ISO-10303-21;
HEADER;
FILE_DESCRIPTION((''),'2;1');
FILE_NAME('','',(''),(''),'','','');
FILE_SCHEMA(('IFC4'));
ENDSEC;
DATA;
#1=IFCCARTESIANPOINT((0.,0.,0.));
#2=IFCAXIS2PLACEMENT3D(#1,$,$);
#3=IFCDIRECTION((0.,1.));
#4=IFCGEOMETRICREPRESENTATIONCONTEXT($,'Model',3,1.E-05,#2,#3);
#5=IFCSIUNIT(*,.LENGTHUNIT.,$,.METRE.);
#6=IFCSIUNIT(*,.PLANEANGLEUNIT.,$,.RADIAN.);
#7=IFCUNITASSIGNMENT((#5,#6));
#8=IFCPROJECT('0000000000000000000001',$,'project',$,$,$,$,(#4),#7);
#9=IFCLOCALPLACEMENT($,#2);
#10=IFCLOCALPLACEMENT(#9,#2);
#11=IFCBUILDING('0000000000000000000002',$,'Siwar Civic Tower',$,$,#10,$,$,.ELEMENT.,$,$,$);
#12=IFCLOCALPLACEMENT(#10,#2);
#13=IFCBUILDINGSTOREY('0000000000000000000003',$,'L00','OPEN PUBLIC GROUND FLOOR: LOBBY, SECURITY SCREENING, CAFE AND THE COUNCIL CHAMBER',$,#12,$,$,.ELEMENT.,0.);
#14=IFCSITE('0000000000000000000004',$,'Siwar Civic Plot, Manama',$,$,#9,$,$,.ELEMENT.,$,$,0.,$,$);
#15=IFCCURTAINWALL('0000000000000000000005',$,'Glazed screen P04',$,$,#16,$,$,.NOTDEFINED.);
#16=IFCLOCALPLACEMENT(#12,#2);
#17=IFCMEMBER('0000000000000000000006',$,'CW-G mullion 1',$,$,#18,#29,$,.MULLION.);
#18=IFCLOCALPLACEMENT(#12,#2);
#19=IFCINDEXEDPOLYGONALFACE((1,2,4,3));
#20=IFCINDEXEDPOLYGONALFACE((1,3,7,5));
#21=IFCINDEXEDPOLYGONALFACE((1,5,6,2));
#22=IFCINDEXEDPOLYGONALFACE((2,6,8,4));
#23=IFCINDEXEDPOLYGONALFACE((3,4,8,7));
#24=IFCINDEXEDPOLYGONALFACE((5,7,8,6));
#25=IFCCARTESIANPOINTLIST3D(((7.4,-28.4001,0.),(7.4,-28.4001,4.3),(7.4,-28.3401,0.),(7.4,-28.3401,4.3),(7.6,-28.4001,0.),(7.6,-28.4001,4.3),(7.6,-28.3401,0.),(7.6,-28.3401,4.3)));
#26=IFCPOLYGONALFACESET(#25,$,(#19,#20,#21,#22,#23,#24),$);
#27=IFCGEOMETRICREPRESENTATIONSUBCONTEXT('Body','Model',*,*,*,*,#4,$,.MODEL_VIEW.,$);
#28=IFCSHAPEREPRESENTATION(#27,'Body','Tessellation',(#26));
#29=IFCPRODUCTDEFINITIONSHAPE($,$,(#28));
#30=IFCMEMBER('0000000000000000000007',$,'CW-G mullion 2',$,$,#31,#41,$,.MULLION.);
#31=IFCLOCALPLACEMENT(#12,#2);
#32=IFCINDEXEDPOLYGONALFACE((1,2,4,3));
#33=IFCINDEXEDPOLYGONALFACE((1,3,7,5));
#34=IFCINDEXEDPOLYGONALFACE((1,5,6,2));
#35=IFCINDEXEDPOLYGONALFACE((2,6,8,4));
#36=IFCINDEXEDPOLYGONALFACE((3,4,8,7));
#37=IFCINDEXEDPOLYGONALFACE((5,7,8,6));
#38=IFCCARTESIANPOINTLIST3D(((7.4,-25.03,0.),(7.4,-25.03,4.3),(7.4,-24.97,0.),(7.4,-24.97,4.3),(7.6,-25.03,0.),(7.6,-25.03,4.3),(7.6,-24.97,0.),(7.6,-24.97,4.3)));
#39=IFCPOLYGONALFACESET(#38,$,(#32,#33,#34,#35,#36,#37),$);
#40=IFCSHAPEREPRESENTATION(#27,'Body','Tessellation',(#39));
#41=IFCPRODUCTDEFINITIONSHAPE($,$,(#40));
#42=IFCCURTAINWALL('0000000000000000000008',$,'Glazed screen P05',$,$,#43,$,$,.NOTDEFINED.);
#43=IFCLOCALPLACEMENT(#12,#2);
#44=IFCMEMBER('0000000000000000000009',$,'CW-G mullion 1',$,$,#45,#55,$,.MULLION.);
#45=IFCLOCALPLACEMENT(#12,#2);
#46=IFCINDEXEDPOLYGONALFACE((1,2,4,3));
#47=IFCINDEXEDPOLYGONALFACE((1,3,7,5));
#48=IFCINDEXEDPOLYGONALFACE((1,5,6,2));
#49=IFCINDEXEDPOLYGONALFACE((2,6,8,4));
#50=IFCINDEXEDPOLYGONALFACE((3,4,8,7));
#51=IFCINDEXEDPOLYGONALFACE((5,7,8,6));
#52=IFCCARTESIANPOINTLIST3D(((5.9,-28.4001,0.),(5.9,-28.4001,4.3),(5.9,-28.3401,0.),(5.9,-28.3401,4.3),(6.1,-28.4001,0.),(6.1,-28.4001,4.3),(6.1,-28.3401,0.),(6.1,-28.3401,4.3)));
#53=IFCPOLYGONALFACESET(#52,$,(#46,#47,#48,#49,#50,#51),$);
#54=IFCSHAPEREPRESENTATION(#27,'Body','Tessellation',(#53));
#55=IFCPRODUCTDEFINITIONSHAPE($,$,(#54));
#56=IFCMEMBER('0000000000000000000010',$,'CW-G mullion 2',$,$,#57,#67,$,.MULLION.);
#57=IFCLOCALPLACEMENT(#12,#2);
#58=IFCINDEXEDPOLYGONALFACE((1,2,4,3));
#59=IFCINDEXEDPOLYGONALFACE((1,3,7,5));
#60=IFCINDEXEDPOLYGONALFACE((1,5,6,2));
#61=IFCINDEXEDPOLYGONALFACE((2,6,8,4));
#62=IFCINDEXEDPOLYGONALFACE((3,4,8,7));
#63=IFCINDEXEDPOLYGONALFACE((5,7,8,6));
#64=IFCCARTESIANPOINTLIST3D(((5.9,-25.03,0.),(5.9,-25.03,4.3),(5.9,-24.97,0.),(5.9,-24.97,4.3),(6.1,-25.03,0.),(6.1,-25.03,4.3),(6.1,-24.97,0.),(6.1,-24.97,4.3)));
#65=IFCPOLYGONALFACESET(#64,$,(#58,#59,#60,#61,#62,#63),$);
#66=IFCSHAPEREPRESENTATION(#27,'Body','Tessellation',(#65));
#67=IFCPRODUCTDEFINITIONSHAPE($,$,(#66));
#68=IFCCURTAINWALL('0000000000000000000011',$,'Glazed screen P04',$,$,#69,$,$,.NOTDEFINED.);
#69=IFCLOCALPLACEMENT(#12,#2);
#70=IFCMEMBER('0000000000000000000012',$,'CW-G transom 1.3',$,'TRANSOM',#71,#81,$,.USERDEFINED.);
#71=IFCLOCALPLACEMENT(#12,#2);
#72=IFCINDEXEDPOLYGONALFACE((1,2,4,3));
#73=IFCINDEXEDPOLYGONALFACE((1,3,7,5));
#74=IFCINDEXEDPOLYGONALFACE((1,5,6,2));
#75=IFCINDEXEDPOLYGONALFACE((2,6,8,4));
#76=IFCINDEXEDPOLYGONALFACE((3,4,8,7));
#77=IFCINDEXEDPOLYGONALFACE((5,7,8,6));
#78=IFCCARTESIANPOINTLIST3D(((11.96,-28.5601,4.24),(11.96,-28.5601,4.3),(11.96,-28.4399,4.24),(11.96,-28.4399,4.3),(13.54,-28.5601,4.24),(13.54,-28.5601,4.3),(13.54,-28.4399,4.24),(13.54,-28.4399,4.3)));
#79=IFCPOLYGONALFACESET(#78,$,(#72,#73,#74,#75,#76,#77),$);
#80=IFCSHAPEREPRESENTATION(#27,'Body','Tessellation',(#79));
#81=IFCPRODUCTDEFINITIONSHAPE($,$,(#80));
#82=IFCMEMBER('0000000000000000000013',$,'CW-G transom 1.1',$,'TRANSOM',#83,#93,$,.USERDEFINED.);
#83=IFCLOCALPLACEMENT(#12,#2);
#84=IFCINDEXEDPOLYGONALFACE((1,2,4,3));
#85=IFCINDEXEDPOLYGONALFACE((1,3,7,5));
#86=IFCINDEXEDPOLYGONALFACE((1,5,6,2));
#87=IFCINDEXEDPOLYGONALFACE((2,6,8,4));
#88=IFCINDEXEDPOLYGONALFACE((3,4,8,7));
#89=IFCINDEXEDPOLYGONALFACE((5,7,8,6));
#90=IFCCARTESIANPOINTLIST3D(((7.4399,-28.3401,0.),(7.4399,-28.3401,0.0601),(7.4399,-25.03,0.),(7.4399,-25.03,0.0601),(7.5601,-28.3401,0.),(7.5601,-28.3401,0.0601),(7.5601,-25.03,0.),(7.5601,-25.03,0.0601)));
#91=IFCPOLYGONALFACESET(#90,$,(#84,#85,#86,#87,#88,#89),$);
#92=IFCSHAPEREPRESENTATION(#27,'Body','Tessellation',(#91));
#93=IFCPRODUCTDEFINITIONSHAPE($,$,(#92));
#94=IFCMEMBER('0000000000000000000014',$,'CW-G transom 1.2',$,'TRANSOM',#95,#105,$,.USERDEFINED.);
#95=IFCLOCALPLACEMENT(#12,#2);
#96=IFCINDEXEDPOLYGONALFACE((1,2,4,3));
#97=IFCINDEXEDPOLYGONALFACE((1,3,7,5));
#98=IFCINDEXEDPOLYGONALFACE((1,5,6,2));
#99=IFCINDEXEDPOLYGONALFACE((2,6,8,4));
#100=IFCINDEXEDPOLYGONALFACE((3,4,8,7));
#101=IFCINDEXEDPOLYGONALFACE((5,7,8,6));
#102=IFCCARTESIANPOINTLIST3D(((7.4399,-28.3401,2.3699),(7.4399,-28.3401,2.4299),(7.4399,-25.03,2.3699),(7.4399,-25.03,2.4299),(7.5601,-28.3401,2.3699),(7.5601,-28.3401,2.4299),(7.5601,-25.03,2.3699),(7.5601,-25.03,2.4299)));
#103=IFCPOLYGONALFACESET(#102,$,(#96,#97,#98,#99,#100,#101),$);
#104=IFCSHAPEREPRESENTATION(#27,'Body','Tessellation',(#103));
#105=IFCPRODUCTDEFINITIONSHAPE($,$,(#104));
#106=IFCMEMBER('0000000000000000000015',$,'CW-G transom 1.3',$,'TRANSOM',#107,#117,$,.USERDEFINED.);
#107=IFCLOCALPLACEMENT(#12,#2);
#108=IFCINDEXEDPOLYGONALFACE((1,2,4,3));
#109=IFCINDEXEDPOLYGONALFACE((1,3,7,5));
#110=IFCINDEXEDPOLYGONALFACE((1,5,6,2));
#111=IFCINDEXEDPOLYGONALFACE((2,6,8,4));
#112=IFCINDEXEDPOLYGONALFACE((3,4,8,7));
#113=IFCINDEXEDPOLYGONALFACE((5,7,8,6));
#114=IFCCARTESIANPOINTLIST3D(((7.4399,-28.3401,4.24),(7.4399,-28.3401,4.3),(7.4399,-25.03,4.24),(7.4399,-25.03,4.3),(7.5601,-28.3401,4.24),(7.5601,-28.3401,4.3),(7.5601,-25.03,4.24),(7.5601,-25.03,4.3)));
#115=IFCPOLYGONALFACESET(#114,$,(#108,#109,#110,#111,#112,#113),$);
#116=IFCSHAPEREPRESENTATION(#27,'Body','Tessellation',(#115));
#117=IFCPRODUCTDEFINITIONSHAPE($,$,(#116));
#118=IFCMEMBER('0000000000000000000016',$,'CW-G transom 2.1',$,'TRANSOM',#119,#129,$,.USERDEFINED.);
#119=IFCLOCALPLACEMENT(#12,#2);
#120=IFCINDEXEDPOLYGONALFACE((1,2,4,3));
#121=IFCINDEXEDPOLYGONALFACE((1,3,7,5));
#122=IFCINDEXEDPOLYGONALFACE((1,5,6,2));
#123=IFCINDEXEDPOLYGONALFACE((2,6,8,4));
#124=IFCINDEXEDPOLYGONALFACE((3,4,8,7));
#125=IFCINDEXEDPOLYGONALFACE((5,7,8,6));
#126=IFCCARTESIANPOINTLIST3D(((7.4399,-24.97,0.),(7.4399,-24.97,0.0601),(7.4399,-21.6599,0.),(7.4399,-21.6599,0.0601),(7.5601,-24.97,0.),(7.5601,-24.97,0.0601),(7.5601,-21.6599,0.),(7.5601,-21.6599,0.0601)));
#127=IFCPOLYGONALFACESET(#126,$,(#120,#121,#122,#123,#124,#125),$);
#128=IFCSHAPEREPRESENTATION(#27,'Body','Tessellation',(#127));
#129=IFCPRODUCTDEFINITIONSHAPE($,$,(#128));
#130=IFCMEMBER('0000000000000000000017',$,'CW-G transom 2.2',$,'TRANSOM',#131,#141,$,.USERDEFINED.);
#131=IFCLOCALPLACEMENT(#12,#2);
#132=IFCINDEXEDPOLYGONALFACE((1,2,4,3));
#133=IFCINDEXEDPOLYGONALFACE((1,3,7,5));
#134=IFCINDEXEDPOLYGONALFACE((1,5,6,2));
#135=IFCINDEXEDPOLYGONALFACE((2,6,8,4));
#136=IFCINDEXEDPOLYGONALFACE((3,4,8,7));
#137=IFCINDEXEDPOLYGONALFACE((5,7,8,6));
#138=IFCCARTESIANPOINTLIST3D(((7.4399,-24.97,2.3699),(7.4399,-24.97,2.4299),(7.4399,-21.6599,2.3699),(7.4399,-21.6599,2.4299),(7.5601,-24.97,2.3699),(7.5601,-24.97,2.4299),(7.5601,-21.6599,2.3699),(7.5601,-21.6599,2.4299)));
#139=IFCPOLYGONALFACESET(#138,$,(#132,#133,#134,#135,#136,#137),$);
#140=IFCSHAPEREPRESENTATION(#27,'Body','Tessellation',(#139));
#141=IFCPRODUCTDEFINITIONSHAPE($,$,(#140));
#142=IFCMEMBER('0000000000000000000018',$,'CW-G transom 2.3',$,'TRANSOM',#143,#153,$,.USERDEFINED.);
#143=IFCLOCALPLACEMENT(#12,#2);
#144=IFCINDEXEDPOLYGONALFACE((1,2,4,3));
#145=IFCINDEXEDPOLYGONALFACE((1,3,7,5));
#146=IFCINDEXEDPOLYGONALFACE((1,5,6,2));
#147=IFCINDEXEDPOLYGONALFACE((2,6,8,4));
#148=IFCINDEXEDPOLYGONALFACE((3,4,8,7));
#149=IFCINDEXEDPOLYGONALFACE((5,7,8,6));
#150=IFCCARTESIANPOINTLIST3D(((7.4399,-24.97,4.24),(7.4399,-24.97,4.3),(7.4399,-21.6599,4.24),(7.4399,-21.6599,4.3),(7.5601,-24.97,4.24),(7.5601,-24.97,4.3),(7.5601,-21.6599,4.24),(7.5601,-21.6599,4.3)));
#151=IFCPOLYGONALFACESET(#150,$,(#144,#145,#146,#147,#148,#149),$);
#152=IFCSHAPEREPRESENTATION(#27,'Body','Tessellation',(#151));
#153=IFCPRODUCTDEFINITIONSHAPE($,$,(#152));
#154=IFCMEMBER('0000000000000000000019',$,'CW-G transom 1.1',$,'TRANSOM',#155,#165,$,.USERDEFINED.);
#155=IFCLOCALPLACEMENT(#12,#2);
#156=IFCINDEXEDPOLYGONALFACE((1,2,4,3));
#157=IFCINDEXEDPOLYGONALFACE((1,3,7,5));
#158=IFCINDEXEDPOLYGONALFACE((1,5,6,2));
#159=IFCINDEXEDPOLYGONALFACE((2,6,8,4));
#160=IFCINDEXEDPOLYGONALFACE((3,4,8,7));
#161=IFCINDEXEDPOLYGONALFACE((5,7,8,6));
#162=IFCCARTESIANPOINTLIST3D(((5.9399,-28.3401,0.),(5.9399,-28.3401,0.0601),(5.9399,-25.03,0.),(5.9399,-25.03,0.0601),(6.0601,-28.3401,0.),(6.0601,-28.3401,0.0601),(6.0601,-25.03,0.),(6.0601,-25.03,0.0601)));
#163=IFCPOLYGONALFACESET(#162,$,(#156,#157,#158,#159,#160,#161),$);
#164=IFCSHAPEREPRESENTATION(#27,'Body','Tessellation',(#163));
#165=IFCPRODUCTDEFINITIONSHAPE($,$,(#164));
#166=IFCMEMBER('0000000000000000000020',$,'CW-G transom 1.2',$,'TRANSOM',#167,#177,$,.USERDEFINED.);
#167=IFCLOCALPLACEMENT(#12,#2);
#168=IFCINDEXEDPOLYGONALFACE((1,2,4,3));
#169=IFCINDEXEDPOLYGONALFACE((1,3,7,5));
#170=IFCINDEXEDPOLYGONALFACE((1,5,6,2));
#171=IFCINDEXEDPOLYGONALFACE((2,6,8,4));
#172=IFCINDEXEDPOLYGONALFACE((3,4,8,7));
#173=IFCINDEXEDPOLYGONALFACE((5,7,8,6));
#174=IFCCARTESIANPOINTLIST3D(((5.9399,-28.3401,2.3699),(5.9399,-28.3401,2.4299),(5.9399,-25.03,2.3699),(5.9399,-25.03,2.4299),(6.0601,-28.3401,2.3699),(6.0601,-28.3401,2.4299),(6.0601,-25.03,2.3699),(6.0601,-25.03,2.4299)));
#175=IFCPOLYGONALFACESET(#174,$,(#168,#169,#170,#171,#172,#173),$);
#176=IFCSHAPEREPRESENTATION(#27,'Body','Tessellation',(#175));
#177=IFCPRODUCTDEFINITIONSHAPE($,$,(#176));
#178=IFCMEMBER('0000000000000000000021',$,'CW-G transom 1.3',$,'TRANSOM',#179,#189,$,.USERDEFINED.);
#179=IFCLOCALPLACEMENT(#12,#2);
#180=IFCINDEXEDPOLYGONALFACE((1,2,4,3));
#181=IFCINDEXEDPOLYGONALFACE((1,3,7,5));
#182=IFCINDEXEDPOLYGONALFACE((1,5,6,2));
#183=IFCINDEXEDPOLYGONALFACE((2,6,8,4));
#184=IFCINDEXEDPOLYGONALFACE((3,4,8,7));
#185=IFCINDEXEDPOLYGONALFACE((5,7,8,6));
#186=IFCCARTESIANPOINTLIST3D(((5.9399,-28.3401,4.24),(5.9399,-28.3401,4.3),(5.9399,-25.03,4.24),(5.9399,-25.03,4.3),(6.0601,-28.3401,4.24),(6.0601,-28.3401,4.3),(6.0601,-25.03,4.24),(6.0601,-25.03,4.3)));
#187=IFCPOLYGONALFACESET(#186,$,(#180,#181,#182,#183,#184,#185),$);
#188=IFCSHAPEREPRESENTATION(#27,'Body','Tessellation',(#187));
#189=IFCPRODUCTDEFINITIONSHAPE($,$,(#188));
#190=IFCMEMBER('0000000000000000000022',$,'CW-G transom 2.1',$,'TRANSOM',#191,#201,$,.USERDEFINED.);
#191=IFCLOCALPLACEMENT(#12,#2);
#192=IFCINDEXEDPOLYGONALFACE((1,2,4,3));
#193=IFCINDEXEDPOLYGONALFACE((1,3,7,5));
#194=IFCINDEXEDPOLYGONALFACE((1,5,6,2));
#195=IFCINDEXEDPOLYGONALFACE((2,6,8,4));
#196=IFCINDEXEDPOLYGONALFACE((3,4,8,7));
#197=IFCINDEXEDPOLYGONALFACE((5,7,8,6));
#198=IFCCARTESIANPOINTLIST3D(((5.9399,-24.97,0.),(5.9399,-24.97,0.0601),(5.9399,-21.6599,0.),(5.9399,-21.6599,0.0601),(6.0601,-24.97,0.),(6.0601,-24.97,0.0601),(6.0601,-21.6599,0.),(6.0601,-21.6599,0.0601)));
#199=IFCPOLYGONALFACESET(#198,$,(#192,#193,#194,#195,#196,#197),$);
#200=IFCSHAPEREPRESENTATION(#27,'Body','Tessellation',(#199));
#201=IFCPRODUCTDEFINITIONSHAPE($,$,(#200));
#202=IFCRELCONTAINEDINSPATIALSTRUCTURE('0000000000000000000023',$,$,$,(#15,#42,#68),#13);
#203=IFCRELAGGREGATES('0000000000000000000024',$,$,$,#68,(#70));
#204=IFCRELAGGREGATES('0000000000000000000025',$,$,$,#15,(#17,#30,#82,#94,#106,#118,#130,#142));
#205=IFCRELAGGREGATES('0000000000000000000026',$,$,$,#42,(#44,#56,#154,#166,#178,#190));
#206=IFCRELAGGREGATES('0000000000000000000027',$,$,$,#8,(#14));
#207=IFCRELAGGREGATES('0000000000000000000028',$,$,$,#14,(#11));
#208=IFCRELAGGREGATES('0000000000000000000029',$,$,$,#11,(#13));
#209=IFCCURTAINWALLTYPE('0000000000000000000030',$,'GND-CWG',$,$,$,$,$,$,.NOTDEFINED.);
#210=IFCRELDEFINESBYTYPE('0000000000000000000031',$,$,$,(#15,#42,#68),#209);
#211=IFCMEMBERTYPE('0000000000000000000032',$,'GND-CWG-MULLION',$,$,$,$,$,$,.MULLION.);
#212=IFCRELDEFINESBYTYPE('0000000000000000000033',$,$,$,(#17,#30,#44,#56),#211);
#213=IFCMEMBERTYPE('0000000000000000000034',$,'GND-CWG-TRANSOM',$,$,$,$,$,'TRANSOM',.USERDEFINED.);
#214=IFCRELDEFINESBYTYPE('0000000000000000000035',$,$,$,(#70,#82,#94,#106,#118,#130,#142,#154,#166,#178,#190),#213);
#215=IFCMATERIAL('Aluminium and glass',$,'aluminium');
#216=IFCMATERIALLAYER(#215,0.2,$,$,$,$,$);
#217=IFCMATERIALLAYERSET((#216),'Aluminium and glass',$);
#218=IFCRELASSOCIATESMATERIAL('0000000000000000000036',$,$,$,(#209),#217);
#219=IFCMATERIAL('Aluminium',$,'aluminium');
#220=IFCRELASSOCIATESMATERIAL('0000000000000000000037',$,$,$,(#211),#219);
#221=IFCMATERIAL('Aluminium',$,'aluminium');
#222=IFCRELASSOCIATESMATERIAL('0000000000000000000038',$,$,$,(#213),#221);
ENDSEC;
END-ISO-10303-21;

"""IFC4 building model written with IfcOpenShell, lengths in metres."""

from ifc_helpers import new_model, si_unit, direction, frame, origin, origin_2d, place, context, subcontext, project, spatial, rectangle, extrude, material, layer, layer_set, material_profile, profile_set, type_object, element, aggregate, save


model = new_model("IFC4")

# Units and contexts
model_context = context("Model", 3, precision=1e-05, world=origin(), true_north=direction((0.0, 1.0)))
body_context = subcontext(model_context, "Body", "Model", "MODEL_VIEW")
ifc_project = project(units=[si_unit("LENGTHUNIT", "METRE"), si_unit("PLANEANGLEUNIT", "RADIAN")], contexts=[model_context])

# Site, building, storey
site_placement = place(None, origin())
site = spatial("IfcSite", under=ifc_project, at=site_placement, Name="Siwar Civic Plot, Manama", CompositionType="ELEMENT", RefElevation=0.0)
building_placement = place(site_placement, origin())
building = spatial("IfcBuilding", under=site, at=building_placement, Name="Siwar Civic Tower", CompositionType="ELEMENT")
storey_placement = place(building_placement, origin())
storey = spatial("IfcBuildingStorey", under=building, at=storey_placement, Name="L00", Description="OPEN PUBLIC GROUND FLOOR: LOBBY, SECURITY SCREENING, CAFE AND THE COUNCIL CHAMBER", CompositionType="ELEMENT", Elevation=0.0)

# Curtain walls, members
ifc_material_1 = material(Name="Aluminium and glass", Category="aluminium")
ifc_layer_1 = layer(ifc_material_1, 0.2)
ifc_layer_set_1 = layer_set([ifc_layer_1], Name="Aluminium and glass")
curtain_wall_type = type_object("IfcCurtainWallType", Name="GND-CWG", PredefinedType="NOTDEFINED", material=ifc_layer_set_1)
curtain_wall_1_placement = place(storey_placement, origin())
curtain_wall_1 = element("IfcCurtainWall", 1, at=curtain_wall_1_placement, inside=storey, type_object=curtain_wall_type, Name="Glazed screen P04", PredefinedType="NOTDEFINED")
ifc_material_2 = material(Name="Aluminium", Category="aluminium")
ifc_material_profile_1 = material_profile(ifc_material_2, rectangle(XDim=0.2, YDim=0.0601, at=origin_2d()), Name="AL 200x60")
ifc_profile_set_1 = profile_set([ifc_material_profile_1], Name="Aluminium")
member_type_1 = type_object("IfcMemberType", Name="GND-CWG-MULLION", PredefinedType="MULLION", material=ifc_profile_set_1)
member_1_placement = place(storey_placement, frame((7.5, -28.3701, 0.0), z_axis=(0.0, 0.0, 1.0), x_axis=(-1.0, 0.0, 0.0)))
member_1 = element("IfcMember", 2, at=member_1_placement, type_object=member_type_1, Name="CW-G mullion 1", PredefinedType="MULLION", context=body_context, shape_type="SweptSolid", body=[
    extrude(rectangle(XDim=0.2, YDim=0.0601, at=origin_2d()), origin(), (0.0, 0.0, 1.0), 4.3),
])
member_2_placement = place(storey_placement, frame((7.5, -25.0, 0.0), z_axis=(0.0, 0.0, 1.0), x_axis=(-1.0, 0.0, 0.0)))
member_2 = element("IfcMember", 3, at=member_2_placement, type_object=member_type_1, Name="CW-G mullion 2", PredefinedType="MULLION", context=body_context, shape_type="SweptSolid", body=[
    extrude(rectangle(XDim=0.2, YDim=0.0601, at=origin_2d()), origin(), (0.0, 0.0, 1.0), 4.3),
])
curtain_wall_2_placement = place(storey_placement, origin())
curtain_wall_2 = element("IfcCurtainWall", 4, at=curtain_wall_2_placement, inside=storey, type_object=curtain_wall_type, Name="Glazed screen P05", PredefinedType="NOTDEFINED")
member_3_placement = place(storey_placement, frame((6.0, -28.3701, 0.0), z_axis=(0.0, 0.0, 1.0), x_axis=(-1.0, 0.0, 0.0)))
member_3 = element("IfcMember", 5, at=member_3_placement, type_object=member_type_1, Name="CW-G mullion 1", PredefinedType="MULLION", context=body_context, shape_type="SweptSolid", body=[
    extrude(rectangle(XDim=0.2, YDim=0.0601, at=origin_2d()), origin(), (0.0, 0.0, 1.0), 4.3),
])
member_4_placement = place(storey_placement, frame((6.0, -25.0, 0.0), z_axis=(0.0, 0.0, 1.0), x_axis=(-1.0, 0.0, 0.0)))
member_4 = element("IfcMember", 6, at=member_4_placement, type_object=member_type_1, Name="CW-G mullion 2", PredefinedType="MULLION", context=body_context, shape_type="SweptSolid", body=[
    extrude(rectangle(XDim=0.2, YDim=0.0601, at=origin_2d()), origin(), (0.0, 0.0, 1.0), 4.3),
])

# Curtain wall, member
curtain_wall_3_placement = place(storey_placement, origin())
curtain_wall_3 = element("IfcCurtainWall", 7, at=curtain_wall_3_placement, inside=storey, type_object=curtain_wall_type, Name="Glazed screen P04", PredefinedType="NOTDEFINED")
ifc_material_3 = material(Name="Aluminium", Category="aluminium")
ifc_material_profile_2 = material_profile(ifc_material_3, rectangle(XDim=0.1201, YDim=0.0601, at=origin_2d()), Name="AL 120x60")
ifc_profile_set_2 = profile_set([ifc_material_profile_2], Name="Aluminium")
member_type_2 = type_object("IfcMemberType", Name="GND-CWG-TRANSOM", ElementType="TRANSOM", PredefinedType="USERDEFINED", material=ifc_profile_set_2)
member_5_placement = place(storey_placement, frame((11.96, -28.5, 4.27), z_axis=(1.0, 0.0, 0.0), x_axis=(0.0, 1.0, 0.0)))
member_5 = element("IfcMember", 8, at=member_5_placement, type_object=member_type_2, Name="CW-G transom 1.3", ObjectType="TRANSOM", PredefinedType="USERDEFINED", context=body_context, shape_type="SweptSolid", body=[
    extrude(rectangle(XDim=0.1201, YDim=0.0601, at=origin_2d()), origin(), (0.0, 0.0, 1.0), 1.5801),
])
aggregate(curtain_wall_3, [member_5])

# Members
member_6_placement = place(storey_placement, frame((7.5, -28.3401, 0.03), z_axis=(0.0, 1.0, 0.0), x_axis=(-1.0, 0.0, 0.0)))
member_6 = element("IfcMember", 9, at=member_6_placement, type_object=member_type_2, Name="CW-G transom 1.1", ObjectType="TRANSOM", PredefinedType="USERDEFINED", context=body_context, shape_type="SweptSolid", body=[
    extrude(rectangle(XDim=0.1201, YDim=0.0601, at=origin_2d()), origin(), (0.0, 0.0, 1.0), 3.3101),
])
member_7_placement = place(storey_placement, frame((7.5, -28.3401, 2.3999), z_axis=(0.0, 1.0, 0.0), x_axis=(-1.0, 0.0, 0.0)))
member_7 = element("IfcMember", 10, at=member_7_placement, type_object=member_type_2, Name="CW-G transom 1.2", ObjectType="TRANSOM", PredefinedType="USERDEFINED", context=body_context, shape_type="SweptSolid", body=[
    extrude(rectangle(XDim=0.1201, YDim=0.0601, at=origin_2d()), origin(), (0.0, 0.0, 1.0), 3.3101),
])
member_8_placement = place(storey_placement, frame((7.5, -28.3401, 4.27), z_axis=(0.0, 1.0, 0.0), x_axis=(-1.0, 0.0, 0.0)))
member_8 = element("IfcMember", 11, at=member_8_placement, type_object=member_type_2, Name="CW-G transom 1.3", ObjectType="TRANSOM", PredefinedType="USERDEFINED", context=body_context, shape_type="SweptSolid", body=[
    extrude(rectangle(XDim=0.1201, YDim=0.0601, at=origin_2d()), origin(), (0.0, 0.0, 1.0), 3.3101),
])
member_9_placement = place(storey_placement, frame((7.5, -24.97, 0.03), z_axis=(0.0, 1.0, 0.0), x_axis=(-1.0, 0.0, 0.0)))
member_9 = element("IfcMember", 12, at=member_9_placement, type_object=member_type_2, Name="CW-G transom 2.1", ObjectType="TRANSOM", PredefinedType="USERDEFINED", context=body_context, shape_type="SweptSolid", body=[
    extrude(rectangle(XDim=0.1201, YDim=0.0601, at=origin_2d()), origin(), (0.0, 0.0, 1.0), 3.3101),
])
member_10_placement = place(storey_placement, frame((7.5, -24.97, 2.3999), z_axis=(0.0, 1.0, 0.0), x_axis=(-1.0, 0.0, 0.0)))
member_10 = element("IfcMember", 13, at=member_10_placement, type_object=member_type_2, Name="CW-G transom 2.2", ObjectType="TRANSOM", PredefinedType="USERDEFINED", context=body_context, shape_type="SweptSolid", body=[
    extrude(rectangle(XDim=0.1201, YDim=0.0601, at=origin_2d()), origin(), (0.0, 0.0, 1.0), 3.3101),
])
member_11_placement = place(storey_placement, frame((7.5, -24.97, 4.27), z_axis=(0.0, 1.0, 0.0), x_axis=(-1.0, 0.0, 0.0)))
member_11 = element("IfcMember", 14, at=member_11_placement, type_object=member_type_2, Name="CW-G transom 2.3", ObjectType="TRANSOM", PredefinedType="USERDEFINED", context=body_context, shape_type="SweptSolid", body=[
    extrude(rectangle(XDim=0.1201, YDim=0.0601, at=origin_2d()), origin(), (0.0, 0.0, 1.0), 3.3101),
])
member_12_placement = place(storey_placement, frame((6.0, -28.3401, 0.03), z_axis=(0.0, 1.0, 0.0), x_axis=(-1.0, 0.0, 0.0)))
member_12 = element("IfcMember", 15, at=member_12_placement, type_object=member_type_2, Name="CW-G transom 1.1", ObjectType="TRANSOM", PredefinedType="USERDEFINED", context=body_context, shape_type="SweptSolid", body=[
    extrude(rectangle(XDim=0.1201, YDim=0.0601, at=origin_2d()), origin(), (0.0, 0.0, 1.0), 3.3101),
])
member_13_placement = place(storey_placement, frame((6.0, -28.3401, 2.3999), z_axis=(0.0, 1.0, 0.0), x_axis=(-1.0, 0.0, 0.0)))
member_13 = element("IfcMember", 16, at=member_13_placement, type_object=member_type_2, Name="CW-G transom 1.2", ObjectType="TRANSOM", PredefinedType="USERDEFINED", context=body_context, shape_type="SweptSolid", body=[
    extrude(rectangle(XDim=0.1201, YDim=0.0601, at=origin_2d()), origin(), (0.0, 0.0, 1.0), 3.3101),
])
member_14_placement = place(storey_placement, frame((6.0, -28.3401, 4.27), z_axis=(0.0, 1.0, 0.0), x_axis=(-1.0, 0.0, 0.0)))
member_14 = element("IfcMember", 17, at=member_14_placement, type_object=member_type_2, Name="CW-G transom 1.3", ObjectType="TRANSOM", PredefinedType="USERDEFINED", context=body_context, shape_type="SweptSolid", body=[
    extrude(rectangle(XDim=0.1201, YDim=0.0601, at=origin_2d()), origin(), (0.0, 0.0, 1.0), 3.3101),
])
member_15_placement = place(storey_placement, frame((6.0, -24.97, 0.03), z_axis=(0.0, 1.0, 0.0), x_axis=(-1.0, 0.0, 0.0)))
member_15 = element("IfcMember", 18, at=member_15_placement, type_object=member_type_2, Name="CW-G transom 2.1", ObjectType="TRANSOM", PredefinedType="USERDEFINED", context=body_context, shape_type="SweptSolid", body=[
    extrude(rectangle(XDim=0.1201, YDim=0.0601, at=origin_2d()), origin(), (0.0, 0.0, 1.0), 3.3101),
])

aggregate(curtain_wall_1, [member_1, member_2, member_6, member_7, member_8, member_9, member_10, member_11])
aggregate(curtain_wall_2, [member_3, member_4, member_12, member_13, member_14, member_15])

save(model, "model.ifc")
